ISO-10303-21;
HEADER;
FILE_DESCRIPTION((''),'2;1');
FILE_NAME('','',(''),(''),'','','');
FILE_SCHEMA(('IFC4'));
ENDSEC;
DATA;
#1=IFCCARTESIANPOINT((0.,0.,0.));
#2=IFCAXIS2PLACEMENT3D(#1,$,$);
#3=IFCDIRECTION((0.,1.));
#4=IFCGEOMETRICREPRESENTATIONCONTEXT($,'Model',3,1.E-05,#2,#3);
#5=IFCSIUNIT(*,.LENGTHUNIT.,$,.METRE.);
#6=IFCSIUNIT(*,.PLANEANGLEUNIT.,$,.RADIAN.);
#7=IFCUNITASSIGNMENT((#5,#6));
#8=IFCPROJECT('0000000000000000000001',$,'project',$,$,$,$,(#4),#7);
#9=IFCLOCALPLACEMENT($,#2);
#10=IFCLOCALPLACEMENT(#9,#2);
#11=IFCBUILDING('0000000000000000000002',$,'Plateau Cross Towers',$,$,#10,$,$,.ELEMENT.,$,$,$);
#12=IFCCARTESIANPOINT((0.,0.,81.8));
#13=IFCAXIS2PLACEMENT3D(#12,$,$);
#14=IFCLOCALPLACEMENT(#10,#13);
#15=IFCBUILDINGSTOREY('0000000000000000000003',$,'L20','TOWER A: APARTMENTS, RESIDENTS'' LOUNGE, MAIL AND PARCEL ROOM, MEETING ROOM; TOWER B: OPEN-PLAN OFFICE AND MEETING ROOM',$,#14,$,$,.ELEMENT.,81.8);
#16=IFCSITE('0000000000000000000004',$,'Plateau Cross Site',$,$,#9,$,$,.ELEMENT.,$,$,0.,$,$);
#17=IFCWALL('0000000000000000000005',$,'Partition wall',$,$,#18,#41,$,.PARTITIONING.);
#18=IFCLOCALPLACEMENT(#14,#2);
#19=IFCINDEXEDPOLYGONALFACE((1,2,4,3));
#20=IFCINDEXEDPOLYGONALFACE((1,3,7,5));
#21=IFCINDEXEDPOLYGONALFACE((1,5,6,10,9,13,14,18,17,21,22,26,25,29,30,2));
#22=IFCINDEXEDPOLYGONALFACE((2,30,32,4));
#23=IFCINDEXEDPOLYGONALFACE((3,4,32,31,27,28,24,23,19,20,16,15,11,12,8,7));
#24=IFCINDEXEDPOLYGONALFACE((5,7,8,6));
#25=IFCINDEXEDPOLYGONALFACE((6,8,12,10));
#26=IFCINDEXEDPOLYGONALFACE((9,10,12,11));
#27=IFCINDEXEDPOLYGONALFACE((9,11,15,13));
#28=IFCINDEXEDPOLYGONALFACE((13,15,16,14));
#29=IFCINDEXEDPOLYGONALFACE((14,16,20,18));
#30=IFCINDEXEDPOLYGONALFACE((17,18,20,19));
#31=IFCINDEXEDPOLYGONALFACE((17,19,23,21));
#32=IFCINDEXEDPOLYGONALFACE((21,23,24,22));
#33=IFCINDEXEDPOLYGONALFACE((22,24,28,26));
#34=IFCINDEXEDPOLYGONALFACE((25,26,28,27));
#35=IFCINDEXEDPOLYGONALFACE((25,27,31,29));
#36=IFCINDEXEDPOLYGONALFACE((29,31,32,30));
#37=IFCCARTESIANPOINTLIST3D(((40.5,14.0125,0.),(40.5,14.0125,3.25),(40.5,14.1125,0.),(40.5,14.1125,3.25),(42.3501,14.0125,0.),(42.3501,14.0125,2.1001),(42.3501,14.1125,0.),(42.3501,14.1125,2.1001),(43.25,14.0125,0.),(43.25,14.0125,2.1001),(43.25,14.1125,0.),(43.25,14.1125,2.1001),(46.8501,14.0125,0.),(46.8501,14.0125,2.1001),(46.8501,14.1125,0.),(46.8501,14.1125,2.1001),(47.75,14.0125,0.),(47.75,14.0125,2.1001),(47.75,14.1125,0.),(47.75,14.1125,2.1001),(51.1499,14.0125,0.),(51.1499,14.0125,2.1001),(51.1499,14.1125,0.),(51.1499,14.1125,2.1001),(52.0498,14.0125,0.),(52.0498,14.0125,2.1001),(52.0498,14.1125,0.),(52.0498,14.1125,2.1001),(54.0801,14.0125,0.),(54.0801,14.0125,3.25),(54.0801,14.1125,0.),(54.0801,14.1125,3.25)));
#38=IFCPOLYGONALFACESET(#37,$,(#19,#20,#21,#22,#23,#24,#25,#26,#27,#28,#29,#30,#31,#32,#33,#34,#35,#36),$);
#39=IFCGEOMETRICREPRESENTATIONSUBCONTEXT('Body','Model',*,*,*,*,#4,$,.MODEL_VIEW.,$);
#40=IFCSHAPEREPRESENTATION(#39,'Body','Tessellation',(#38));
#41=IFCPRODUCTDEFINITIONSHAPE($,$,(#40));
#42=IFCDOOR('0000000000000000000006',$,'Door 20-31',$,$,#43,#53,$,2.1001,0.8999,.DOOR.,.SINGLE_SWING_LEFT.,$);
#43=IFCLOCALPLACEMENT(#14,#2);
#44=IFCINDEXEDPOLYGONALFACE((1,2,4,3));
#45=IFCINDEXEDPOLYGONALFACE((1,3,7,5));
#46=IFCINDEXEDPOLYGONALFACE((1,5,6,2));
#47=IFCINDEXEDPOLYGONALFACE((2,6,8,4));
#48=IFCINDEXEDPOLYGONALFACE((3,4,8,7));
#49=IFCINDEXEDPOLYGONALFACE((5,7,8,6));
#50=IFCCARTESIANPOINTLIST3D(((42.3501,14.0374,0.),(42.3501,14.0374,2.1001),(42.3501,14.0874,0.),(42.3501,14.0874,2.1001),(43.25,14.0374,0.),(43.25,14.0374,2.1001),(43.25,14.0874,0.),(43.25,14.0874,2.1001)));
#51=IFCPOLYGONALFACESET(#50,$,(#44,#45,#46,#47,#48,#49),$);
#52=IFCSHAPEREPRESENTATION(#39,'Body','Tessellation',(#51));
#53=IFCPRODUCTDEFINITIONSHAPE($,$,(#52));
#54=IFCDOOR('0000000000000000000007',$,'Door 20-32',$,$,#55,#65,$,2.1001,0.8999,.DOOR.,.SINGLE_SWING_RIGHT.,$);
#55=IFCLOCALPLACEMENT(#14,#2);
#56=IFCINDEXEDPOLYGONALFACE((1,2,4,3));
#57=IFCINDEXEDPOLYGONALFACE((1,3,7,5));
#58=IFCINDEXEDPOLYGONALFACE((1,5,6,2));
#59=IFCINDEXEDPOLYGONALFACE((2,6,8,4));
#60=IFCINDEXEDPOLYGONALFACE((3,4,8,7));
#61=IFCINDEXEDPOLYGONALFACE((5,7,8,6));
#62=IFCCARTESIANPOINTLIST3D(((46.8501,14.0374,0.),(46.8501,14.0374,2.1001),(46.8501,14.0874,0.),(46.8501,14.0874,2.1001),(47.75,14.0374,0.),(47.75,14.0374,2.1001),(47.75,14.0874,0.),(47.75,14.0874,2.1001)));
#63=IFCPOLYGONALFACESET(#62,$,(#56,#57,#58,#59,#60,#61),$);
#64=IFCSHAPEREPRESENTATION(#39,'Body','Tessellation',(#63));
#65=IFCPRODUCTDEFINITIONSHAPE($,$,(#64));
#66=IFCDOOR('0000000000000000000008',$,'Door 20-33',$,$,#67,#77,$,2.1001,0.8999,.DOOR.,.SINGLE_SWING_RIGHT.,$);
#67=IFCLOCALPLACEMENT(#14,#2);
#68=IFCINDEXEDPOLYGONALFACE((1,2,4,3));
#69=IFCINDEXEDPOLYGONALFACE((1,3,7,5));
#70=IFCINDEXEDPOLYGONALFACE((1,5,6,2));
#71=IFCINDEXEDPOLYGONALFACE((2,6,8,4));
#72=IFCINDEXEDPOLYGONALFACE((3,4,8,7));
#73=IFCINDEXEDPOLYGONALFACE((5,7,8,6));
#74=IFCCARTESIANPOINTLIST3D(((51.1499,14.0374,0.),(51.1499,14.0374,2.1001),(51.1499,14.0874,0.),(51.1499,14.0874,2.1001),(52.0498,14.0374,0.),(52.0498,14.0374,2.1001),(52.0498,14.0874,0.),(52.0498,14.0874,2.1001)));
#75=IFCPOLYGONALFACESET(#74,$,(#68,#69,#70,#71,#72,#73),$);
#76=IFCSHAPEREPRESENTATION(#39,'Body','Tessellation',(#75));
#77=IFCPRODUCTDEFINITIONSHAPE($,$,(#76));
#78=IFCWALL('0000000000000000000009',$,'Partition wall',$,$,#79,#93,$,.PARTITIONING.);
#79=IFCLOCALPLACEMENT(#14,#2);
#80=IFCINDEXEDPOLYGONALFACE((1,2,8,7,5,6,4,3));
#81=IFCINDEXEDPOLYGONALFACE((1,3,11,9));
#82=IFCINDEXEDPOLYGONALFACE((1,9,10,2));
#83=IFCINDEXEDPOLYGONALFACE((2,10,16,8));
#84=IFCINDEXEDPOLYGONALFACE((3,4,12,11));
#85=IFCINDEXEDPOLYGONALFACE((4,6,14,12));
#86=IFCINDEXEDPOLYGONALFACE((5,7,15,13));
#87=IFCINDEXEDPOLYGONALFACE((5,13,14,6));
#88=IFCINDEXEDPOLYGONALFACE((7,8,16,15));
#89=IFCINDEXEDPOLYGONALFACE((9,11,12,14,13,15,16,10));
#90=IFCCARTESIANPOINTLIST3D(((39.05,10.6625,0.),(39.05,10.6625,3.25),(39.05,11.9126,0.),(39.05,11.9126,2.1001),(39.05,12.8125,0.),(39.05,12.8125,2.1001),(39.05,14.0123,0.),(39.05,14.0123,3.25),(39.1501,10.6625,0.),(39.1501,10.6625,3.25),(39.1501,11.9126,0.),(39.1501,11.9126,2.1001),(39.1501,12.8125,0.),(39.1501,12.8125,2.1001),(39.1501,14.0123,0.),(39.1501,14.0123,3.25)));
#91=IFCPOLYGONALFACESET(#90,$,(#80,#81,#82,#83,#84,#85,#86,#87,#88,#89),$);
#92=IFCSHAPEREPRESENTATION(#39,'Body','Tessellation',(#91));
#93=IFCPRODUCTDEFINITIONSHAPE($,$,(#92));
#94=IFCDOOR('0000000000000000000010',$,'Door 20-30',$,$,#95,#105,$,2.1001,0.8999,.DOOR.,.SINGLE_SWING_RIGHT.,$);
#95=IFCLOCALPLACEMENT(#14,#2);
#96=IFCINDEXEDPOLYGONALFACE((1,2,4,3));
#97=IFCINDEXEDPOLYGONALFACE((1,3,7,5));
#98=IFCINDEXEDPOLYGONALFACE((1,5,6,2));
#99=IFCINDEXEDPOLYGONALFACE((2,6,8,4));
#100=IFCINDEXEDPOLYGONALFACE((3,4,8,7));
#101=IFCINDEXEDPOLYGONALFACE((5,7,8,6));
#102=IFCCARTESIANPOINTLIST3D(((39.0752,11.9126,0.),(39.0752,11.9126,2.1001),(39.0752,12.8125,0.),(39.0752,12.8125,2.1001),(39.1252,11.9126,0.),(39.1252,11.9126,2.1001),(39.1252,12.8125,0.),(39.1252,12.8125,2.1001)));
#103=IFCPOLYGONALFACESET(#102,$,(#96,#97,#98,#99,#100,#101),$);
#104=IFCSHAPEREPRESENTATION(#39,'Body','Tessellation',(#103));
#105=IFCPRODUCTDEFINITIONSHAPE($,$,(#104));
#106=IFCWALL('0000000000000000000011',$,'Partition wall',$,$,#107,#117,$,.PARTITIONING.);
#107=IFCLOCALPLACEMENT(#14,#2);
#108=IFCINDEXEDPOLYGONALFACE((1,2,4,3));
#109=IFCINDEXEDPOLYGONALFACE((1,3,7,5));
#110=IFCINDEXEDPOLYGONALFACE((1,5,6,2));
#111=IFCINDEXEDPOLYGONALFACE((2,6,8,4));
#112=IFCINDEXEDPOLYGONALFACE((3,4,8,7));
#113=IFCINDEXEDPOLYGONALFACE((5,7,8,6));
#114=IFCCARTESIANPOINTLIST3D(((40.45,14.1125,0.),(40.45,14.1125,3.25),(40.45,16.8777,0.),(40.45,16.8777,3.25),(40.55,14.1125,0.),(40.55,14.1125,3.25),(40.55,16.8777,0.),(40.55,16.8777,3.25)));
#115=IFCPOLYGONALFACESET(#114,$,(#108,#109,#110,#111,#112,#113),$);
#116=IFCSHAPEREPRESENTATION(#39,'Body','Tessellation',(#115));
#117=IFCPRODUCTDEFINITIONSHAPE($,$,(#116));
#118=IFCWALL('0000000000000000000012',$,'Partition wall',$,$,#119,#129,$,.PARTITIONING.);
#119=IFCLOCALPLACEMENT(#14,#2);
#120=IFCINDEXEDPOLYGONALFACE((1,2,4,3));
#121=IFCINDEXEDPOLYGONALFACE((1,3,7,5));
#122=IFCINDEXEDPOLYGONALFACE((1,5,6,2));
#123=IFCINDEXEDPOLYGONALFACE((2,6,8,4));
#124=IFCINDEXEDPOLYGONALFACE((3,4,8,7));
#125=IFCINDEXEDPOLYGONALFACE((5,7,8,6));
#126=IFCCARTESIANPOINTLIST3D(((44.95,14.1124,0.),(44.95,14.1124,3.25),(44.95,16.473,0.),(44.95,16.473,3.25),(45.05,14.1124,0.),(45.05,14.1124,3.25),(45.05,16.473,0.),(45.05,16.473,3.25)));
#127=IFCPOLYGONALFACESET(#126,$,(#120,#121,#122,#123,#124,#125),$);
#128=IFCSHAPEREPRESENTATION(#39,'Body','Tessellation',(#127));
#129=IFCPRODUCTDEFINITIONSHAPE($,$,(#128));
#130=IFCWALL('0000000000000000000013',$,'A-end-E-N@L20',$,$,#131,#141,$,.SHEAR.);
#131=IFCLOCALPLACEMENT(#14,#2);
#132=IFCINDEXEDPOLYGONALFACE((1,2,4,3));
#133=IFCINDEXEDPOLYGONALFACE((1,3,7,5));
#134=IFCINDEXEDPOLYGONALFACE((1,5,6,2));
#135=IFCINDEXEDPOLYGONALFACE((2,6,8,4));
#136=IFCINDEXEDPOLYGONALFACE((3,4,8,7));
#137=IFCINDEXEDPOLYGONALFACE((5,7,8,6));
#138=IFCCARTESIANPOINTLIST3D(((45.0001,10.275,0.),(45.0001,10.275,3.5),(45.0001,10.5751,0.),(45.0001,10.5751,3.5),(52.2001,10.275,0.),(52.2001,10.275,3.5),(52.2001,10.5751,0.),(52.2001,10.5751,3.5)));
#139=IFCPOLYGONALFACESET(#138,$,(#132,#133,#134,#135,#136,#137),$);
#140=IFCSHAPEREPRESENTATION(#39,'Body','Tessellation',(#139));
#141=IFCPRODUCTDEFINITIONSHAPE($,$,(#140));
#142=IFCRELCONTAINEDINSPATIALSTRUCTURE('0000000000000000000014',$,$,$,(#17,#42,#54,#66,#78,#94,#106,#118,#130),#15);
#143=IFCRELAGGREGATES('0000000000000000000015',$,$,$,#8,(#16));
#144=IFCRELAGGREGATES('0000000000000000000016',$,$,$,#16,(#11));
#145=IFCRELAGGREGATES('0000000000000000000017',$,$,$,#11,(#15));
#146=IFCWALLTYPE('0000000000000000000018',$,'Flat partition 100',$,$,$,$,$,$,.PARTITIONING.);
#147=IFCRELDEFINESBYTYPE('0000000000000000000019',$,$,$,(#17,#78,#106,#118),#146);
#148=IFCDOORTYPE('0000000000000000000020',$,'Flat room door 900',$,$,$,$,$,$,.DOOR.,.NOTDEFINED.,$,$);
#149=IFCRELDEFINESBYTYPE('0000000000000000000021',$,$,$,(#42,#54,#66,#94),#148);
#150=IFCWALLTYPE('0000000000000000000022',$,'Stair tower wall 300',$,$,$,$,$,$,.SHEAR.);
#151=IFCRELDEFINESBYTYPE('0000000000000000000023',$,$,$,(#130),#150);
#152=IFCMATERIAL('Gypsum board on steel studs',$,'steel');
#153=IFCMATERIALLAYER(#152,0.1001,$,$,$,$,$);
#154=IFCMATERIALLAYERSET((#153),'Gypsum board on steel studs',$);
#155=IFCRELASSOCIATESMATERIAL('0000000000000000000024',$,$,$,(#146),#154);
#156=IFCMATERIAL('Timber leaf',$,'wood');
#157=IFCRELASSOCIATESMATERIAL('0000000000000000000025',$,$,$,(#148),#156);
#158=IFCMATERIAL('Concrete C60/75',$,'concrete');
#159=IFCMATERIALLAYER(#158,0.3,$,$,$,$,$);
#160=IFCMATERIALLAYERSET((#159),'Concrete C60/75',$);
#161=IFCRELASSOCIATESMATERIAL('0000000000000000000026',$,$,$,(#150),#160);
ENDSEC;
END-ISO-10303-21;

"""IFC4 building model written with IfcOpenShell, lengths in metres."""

from ifc_helpers import new_model, si_unit, direction, frame, frame_2d, origin, place, context, subcontext, project, spatial, rectangle, extrude, material, layer, layer_set, type_object, element, fill, save


model = new_model("IFC4")

# Units and contexts
model_context = context("Model", 3, precision=1e-05, world=origin(), true_north=direction((0.0, 1.0)))
body_context = subcontext(model_context, "Body", "Model", "MODEL_VIEW")
ifc_project = project(units=[si_unit("LENGTHUNIT", "METRE"), si_unit("PLANEANGLEUNIT", "RADIAN")], contexts=[model_context])

# Site, building, storey
site_placement = place(None, origin())
site = spatial("IfcSite", under=ifc_project, at=site_placement, Name="Plateau Cross Site", CompositionType="ELEMENT", RefElevation=0.0)
building_placement = place(site_placement, origin())
building = spatial("IfcBuilding", under=site, at=building_placement, Name="Plateau Cross Towers", CompositionType="ELEMENT")
storey_placement = place(building_placement, frame((0.0, 0.0, 81.8)))
storey = spatial("IfcBuildingStorey", under=building, at=storey_placement, Name="L20", Description="TOWER A: APARTMENTS, RESIDENTS' LOUNGE, MAIL AND PARCEL ROOM, MEETING ROOM; TOWER B: OPEN-PLAN OFFICE AND MEETING ROOM", CompositionType="ELEMENT", Elevation=81.8)

# Shared definitions
ifc_material_1 = material(Name="Gypsum board on steel studs", Category="steel")
ifc_layer_1 = layer(ifc_material_1, 0.1001)
ifc_layer_set_1 = layer_set([ifc_layer_1], Name="Gypsum board on steel studs")
wall_type_1 = type_object("IfcWallType", Name="Flat partition 100", PredefinedType="PARTITIONING", material=ifc_layer_set_1)
ifc_material_2 = material(Name="Timber leaf", Category="wood")
door_type = type_object("IfcDoorType", Name="Flat room door 900", OperationType="NOTDEFINED", PredefinedType="DOOR", material=ifc_material_2)

# Wall, openings, doors
wall_1_placement = place(storey_placement, frame((40.5, 14.0625, 0.0), z_axis=(0.0, 0.0, 1.0), x_axis=(1.0, 0.0, 0.0)))
wall_1 = element("IfcWall", 1, at=wall_1_placement, inside=storey, type_object=wall_type_1, Name="Partition wall", PredefinedType="PARTITIONING", context=body_context, shape_type="SweptSolid", body=[
    extrude(rectangle(XDim=13.5801, YDim=0.1001, at=frame_2d((6.79, 0.0))), origin(), (0.0, 0.0, 1.0), 3.25),
])
opening_1_placement = place(wall_1_placement, frame((1.8501, 0.0, 0.0)))
opening_1 = element("IfcOpeningElement", 2, at=opening_1_placement, cuts=wall_1, PredefinedType="OPENING", context=body_context, shape_type="SweptSolid", body=[
    extrude(rectangle(XDim=0.8999, YDim=2.1001, at=frame_2d((0.45, 1.05))), frame((0.0, 0.0601, 0.0), z_axis=(0.0, -1.0, 0.0), x_axis=(1.0, 0.0, 0.0)), (0.0, 0.0, 1.0), 0.1201),
])
opening_2_placement = place(wall_1_placement, frame((6.3501, 0.0, 0.0)))
opening_2 = element("IfcOpeningElement", 3, at=opening_2_placement, cuts=wall_1, PredefinedType="OPENING", context=body_context, shape_type="SweptSolid", body=[
    extrude(rectangle(XDim=0.8999, YDim=2.1001, at=frame_2d((0.45, 1.05))), frame((0.0, 0.0601, 0.0), z_axis=(0.0, -1.0, 0.0), x_axis=(1.0, 0.0, 0.0)), (0.0, 0.0, 1.0), 0.1201),
])
opening_3_placement = place(wall_1_placement, frame((10.6499, 0.0, 0.0)))
opening_3 = element("IfcOpeningElement", 4, at=opening_3_placement, cuts=wall_1, PredefinedType="OPENING", context=body_context, shape_type="SweptSolid", body=[
    extrude(rectangle(XDim=0.8999, YDim=2.1001, at=frame_2d((0.45, 1.05))), frame((0.0, 0.0601, 0.0), z_axis=(0.0, -1.0, 0.0), x_axis=(1.0, 0.0, 0.0)), (0.0, 0.0, 1.0), 0.1201),
])
door_1_placement = place(opening_1_placement, origin())
door_1 = element("IfcDoor", 5, at=door_1_placement, inside=storey, type_object=door_type, Name="Door 20-31", OperationType="SINGLE_SWING_LEFT", OverallHeight=2.1001, OverallWidth=0.8999, PredefinedType="DOOR", context=body_context, shape_type="SweptSolid", body=[
    extrude(rectangle(XDim=0.8999, YDim=2.1001, at=frame_2d((0.45, 1.05))), frame((0.0, 0.0249, 0.0), z_axis=(0.0, -1.0, 0.0), x_axis=(1.0, 0.0, 0.0)), (0.0, 0.0, 1.0), 0.05),
])
fill(opening_1, door_1)
door_2_placement = place(opening_2_placement, origin())
door_2 = element("IfcDoor", 6, at=door_2_placement, inside=storey, type_object=door_type, Name="Door 20-32", OperationType="SINGLE_SWING_RIGHT", OverallHeight=2.1001, OverallWidth=0.8999, PredefinedType="DOOR", context=body_context, shape_type="SweptSolid", body=[
    extrude(rectangle(XDim=0.8999, YDim=2.1001, at=frame_2d((0.45, 1.05))), frame((0.0, 0.0249, 0.0), z_axis=(0.0, -1.0, 0.0), x_axis=(1.0, 0.0, 0.0)), (0.0, 0.0, 1.0), 0.05),
])
fill(opening_2, door_2)
door_3_placement = place(opening_3_placement, origin())
door_3 = element("IfcDoor", 7, at=door_3_placement, inside=storey, type_object=door_type, Name="Door 20-33", OperationType="SINGLE_SWING_RIGHT", OverallHeight=2.1001, OverallWidth=0.8999, PredefinedType="DOOR", context=body_context, shape_type="SweptSolid", body=[
    extrude(rectangle(XDim=0.8999, YDim=2.1001, at=frame_2d((0.45, 1.05))), frame((0.0, 0.0249, 0.0), z_axis=(0.0, -1.0, 0.0), x_axis=(1.0, 0.0, 0.0)), (0.0, 0.0, 1.0), 0.05),
])
fill(opening_3, door_3)

# Wall, opening, door
wall_2_placement = place(storey_placement, frame((39.1001, 10.6626, 0.0), z_axis=(0.0, 0.0, 1.0), x_axis=(0.0, 1.0, 0.0)))
wall_2 = element("IfcWall", 8, at=wall_2_placement, inside=storey, type_object=wall_type_1, Name="Partition wall", PredefinedType="PARTITIONING", context=body_context, shape_type="SweptSolid", body=[
    extrude(rectangle(XDim=3.3499, YDim=0.1001, at=frame_2d((1.6748, 0.0))), origin(), (0.0, 0.0, 1.0), 3.25),
])
opening_4_placement = place(wall_2_placement, frame((1.25, 0.0, 0.0)))
opening_4 = element("IfcOpeningElement", 9, at=opening_4_placement, cuts=wall_2, PredefinedType="OPENING", context=body_context, shape_type="SweptSolid", body=[
    extrude(rectangle(XDim=0.8999, YDim=2.1001, at=frame_2d((0.45, 1.05))), frame((0.0, 0.0601, 0.0), z_axis=(0.0, -1.0, 0.0), x_axis=(1.0, 0.0, 0.0)), (0.0, 0.0, 1.0), 0.1201),
])
door_4_placement = place(opening_4_placement, origin())
door_4 = element("IfcDoor", 10, at=door_4_placement, inside=storey, type_object=door_type, Name="Door 20-30", OperationType="SINGLE_SWING_RIGHT", OverallHeight=2.1001, OverallWidth=0.8999, PredefinedType="DOOR", context=body_context, shape_type="SweptSolid", body=[
    extrude(rectangle(XDim=0.8999, YDim=2.1001, at=frame_2d((0.45, 1.05))), frame((0.0, 0.0249, 0.0), z_axis=(0.0, -1.0, 0.0), x_axis=(1.0, 0.0, 0.0)), (0.0, 0.0, 1.0), 0.05),
])
fill(opening_4, door_4)

# Walls
wall_3_placement = place(storey_placement, frame((40.5, 16.8777, 0.0), z_axis=(0.0, 0.0, 1.0), x_axis=(0.0, -1.0, 0.0)))
element("IfcWall", 11, at=wall_3_placement, inside=storey, type_object=wall_type_1, Name="Partition wall", PredefinedType="PARTITIONING", context=body_context, shape_type="SweptSolid", body=[
    extrude(rectangle(XDim=2.7651, YDim=0.1001, at=frame_2d((1.3826, 0.0))), origin(), (0.0, 0.0, 1.0), 3.25),
])
wall_4_placement = place(storey_placement, frame((45.0, 14.1125, 0.0), z_axis=(0.0, 0.0, 1.0), x_axis=(0.0, 1.0, 0.0)))
element("IfcWall", 12, at=wall_4_placement, inside=storey, type_object=wall_type_1, Name="Partition wall", PredefinedType="PARTITIONING", context=body_context, shape_type="SweptSolid", body=[
    extrude(rectangle(XDim=2.3606, YDim=0.1001, at=frame_2d((1.1802, 0.0))), origin(), (0.0, 0.0, 1.0), 3.25),
])
ifc_material_3 = material(Name="Concrete C60/75", Category="concrete")
ifc_layer_2 = layer(ifc_material_3, 0.3)
ifc_layer_set_2 = layer_set([ifc_layer_2], Name="Concrete C60/75")
wall_type_2 = type_object("IfcWallType", Name="Stair tower wall 300", PredefinedType="SHEAR", material=ifc_layer_set_2)
wall_5_placement = place(storey_placement, frame((45.0, 10.425, 0.0), z_axis=(0.0, 0.0, 1.0), x_axis=(1.0, 0.0, 0.0)))
element("IfcWall", 13, at=wall_5_placement, inside=storey, type_object=wall_type_2, Name="A-end-E-N@L20", PredefinedType="SHEAR", context=body_context, shape_type="SweptSolid", body=[
    extrude(rectangle(XDim=7.2, YDim=0.3, at=frame_2d((3.6001, 0.0))), origin(), (0.0, 0.0, 1.0), 3.5),
])

save(model, "model.ifc")
